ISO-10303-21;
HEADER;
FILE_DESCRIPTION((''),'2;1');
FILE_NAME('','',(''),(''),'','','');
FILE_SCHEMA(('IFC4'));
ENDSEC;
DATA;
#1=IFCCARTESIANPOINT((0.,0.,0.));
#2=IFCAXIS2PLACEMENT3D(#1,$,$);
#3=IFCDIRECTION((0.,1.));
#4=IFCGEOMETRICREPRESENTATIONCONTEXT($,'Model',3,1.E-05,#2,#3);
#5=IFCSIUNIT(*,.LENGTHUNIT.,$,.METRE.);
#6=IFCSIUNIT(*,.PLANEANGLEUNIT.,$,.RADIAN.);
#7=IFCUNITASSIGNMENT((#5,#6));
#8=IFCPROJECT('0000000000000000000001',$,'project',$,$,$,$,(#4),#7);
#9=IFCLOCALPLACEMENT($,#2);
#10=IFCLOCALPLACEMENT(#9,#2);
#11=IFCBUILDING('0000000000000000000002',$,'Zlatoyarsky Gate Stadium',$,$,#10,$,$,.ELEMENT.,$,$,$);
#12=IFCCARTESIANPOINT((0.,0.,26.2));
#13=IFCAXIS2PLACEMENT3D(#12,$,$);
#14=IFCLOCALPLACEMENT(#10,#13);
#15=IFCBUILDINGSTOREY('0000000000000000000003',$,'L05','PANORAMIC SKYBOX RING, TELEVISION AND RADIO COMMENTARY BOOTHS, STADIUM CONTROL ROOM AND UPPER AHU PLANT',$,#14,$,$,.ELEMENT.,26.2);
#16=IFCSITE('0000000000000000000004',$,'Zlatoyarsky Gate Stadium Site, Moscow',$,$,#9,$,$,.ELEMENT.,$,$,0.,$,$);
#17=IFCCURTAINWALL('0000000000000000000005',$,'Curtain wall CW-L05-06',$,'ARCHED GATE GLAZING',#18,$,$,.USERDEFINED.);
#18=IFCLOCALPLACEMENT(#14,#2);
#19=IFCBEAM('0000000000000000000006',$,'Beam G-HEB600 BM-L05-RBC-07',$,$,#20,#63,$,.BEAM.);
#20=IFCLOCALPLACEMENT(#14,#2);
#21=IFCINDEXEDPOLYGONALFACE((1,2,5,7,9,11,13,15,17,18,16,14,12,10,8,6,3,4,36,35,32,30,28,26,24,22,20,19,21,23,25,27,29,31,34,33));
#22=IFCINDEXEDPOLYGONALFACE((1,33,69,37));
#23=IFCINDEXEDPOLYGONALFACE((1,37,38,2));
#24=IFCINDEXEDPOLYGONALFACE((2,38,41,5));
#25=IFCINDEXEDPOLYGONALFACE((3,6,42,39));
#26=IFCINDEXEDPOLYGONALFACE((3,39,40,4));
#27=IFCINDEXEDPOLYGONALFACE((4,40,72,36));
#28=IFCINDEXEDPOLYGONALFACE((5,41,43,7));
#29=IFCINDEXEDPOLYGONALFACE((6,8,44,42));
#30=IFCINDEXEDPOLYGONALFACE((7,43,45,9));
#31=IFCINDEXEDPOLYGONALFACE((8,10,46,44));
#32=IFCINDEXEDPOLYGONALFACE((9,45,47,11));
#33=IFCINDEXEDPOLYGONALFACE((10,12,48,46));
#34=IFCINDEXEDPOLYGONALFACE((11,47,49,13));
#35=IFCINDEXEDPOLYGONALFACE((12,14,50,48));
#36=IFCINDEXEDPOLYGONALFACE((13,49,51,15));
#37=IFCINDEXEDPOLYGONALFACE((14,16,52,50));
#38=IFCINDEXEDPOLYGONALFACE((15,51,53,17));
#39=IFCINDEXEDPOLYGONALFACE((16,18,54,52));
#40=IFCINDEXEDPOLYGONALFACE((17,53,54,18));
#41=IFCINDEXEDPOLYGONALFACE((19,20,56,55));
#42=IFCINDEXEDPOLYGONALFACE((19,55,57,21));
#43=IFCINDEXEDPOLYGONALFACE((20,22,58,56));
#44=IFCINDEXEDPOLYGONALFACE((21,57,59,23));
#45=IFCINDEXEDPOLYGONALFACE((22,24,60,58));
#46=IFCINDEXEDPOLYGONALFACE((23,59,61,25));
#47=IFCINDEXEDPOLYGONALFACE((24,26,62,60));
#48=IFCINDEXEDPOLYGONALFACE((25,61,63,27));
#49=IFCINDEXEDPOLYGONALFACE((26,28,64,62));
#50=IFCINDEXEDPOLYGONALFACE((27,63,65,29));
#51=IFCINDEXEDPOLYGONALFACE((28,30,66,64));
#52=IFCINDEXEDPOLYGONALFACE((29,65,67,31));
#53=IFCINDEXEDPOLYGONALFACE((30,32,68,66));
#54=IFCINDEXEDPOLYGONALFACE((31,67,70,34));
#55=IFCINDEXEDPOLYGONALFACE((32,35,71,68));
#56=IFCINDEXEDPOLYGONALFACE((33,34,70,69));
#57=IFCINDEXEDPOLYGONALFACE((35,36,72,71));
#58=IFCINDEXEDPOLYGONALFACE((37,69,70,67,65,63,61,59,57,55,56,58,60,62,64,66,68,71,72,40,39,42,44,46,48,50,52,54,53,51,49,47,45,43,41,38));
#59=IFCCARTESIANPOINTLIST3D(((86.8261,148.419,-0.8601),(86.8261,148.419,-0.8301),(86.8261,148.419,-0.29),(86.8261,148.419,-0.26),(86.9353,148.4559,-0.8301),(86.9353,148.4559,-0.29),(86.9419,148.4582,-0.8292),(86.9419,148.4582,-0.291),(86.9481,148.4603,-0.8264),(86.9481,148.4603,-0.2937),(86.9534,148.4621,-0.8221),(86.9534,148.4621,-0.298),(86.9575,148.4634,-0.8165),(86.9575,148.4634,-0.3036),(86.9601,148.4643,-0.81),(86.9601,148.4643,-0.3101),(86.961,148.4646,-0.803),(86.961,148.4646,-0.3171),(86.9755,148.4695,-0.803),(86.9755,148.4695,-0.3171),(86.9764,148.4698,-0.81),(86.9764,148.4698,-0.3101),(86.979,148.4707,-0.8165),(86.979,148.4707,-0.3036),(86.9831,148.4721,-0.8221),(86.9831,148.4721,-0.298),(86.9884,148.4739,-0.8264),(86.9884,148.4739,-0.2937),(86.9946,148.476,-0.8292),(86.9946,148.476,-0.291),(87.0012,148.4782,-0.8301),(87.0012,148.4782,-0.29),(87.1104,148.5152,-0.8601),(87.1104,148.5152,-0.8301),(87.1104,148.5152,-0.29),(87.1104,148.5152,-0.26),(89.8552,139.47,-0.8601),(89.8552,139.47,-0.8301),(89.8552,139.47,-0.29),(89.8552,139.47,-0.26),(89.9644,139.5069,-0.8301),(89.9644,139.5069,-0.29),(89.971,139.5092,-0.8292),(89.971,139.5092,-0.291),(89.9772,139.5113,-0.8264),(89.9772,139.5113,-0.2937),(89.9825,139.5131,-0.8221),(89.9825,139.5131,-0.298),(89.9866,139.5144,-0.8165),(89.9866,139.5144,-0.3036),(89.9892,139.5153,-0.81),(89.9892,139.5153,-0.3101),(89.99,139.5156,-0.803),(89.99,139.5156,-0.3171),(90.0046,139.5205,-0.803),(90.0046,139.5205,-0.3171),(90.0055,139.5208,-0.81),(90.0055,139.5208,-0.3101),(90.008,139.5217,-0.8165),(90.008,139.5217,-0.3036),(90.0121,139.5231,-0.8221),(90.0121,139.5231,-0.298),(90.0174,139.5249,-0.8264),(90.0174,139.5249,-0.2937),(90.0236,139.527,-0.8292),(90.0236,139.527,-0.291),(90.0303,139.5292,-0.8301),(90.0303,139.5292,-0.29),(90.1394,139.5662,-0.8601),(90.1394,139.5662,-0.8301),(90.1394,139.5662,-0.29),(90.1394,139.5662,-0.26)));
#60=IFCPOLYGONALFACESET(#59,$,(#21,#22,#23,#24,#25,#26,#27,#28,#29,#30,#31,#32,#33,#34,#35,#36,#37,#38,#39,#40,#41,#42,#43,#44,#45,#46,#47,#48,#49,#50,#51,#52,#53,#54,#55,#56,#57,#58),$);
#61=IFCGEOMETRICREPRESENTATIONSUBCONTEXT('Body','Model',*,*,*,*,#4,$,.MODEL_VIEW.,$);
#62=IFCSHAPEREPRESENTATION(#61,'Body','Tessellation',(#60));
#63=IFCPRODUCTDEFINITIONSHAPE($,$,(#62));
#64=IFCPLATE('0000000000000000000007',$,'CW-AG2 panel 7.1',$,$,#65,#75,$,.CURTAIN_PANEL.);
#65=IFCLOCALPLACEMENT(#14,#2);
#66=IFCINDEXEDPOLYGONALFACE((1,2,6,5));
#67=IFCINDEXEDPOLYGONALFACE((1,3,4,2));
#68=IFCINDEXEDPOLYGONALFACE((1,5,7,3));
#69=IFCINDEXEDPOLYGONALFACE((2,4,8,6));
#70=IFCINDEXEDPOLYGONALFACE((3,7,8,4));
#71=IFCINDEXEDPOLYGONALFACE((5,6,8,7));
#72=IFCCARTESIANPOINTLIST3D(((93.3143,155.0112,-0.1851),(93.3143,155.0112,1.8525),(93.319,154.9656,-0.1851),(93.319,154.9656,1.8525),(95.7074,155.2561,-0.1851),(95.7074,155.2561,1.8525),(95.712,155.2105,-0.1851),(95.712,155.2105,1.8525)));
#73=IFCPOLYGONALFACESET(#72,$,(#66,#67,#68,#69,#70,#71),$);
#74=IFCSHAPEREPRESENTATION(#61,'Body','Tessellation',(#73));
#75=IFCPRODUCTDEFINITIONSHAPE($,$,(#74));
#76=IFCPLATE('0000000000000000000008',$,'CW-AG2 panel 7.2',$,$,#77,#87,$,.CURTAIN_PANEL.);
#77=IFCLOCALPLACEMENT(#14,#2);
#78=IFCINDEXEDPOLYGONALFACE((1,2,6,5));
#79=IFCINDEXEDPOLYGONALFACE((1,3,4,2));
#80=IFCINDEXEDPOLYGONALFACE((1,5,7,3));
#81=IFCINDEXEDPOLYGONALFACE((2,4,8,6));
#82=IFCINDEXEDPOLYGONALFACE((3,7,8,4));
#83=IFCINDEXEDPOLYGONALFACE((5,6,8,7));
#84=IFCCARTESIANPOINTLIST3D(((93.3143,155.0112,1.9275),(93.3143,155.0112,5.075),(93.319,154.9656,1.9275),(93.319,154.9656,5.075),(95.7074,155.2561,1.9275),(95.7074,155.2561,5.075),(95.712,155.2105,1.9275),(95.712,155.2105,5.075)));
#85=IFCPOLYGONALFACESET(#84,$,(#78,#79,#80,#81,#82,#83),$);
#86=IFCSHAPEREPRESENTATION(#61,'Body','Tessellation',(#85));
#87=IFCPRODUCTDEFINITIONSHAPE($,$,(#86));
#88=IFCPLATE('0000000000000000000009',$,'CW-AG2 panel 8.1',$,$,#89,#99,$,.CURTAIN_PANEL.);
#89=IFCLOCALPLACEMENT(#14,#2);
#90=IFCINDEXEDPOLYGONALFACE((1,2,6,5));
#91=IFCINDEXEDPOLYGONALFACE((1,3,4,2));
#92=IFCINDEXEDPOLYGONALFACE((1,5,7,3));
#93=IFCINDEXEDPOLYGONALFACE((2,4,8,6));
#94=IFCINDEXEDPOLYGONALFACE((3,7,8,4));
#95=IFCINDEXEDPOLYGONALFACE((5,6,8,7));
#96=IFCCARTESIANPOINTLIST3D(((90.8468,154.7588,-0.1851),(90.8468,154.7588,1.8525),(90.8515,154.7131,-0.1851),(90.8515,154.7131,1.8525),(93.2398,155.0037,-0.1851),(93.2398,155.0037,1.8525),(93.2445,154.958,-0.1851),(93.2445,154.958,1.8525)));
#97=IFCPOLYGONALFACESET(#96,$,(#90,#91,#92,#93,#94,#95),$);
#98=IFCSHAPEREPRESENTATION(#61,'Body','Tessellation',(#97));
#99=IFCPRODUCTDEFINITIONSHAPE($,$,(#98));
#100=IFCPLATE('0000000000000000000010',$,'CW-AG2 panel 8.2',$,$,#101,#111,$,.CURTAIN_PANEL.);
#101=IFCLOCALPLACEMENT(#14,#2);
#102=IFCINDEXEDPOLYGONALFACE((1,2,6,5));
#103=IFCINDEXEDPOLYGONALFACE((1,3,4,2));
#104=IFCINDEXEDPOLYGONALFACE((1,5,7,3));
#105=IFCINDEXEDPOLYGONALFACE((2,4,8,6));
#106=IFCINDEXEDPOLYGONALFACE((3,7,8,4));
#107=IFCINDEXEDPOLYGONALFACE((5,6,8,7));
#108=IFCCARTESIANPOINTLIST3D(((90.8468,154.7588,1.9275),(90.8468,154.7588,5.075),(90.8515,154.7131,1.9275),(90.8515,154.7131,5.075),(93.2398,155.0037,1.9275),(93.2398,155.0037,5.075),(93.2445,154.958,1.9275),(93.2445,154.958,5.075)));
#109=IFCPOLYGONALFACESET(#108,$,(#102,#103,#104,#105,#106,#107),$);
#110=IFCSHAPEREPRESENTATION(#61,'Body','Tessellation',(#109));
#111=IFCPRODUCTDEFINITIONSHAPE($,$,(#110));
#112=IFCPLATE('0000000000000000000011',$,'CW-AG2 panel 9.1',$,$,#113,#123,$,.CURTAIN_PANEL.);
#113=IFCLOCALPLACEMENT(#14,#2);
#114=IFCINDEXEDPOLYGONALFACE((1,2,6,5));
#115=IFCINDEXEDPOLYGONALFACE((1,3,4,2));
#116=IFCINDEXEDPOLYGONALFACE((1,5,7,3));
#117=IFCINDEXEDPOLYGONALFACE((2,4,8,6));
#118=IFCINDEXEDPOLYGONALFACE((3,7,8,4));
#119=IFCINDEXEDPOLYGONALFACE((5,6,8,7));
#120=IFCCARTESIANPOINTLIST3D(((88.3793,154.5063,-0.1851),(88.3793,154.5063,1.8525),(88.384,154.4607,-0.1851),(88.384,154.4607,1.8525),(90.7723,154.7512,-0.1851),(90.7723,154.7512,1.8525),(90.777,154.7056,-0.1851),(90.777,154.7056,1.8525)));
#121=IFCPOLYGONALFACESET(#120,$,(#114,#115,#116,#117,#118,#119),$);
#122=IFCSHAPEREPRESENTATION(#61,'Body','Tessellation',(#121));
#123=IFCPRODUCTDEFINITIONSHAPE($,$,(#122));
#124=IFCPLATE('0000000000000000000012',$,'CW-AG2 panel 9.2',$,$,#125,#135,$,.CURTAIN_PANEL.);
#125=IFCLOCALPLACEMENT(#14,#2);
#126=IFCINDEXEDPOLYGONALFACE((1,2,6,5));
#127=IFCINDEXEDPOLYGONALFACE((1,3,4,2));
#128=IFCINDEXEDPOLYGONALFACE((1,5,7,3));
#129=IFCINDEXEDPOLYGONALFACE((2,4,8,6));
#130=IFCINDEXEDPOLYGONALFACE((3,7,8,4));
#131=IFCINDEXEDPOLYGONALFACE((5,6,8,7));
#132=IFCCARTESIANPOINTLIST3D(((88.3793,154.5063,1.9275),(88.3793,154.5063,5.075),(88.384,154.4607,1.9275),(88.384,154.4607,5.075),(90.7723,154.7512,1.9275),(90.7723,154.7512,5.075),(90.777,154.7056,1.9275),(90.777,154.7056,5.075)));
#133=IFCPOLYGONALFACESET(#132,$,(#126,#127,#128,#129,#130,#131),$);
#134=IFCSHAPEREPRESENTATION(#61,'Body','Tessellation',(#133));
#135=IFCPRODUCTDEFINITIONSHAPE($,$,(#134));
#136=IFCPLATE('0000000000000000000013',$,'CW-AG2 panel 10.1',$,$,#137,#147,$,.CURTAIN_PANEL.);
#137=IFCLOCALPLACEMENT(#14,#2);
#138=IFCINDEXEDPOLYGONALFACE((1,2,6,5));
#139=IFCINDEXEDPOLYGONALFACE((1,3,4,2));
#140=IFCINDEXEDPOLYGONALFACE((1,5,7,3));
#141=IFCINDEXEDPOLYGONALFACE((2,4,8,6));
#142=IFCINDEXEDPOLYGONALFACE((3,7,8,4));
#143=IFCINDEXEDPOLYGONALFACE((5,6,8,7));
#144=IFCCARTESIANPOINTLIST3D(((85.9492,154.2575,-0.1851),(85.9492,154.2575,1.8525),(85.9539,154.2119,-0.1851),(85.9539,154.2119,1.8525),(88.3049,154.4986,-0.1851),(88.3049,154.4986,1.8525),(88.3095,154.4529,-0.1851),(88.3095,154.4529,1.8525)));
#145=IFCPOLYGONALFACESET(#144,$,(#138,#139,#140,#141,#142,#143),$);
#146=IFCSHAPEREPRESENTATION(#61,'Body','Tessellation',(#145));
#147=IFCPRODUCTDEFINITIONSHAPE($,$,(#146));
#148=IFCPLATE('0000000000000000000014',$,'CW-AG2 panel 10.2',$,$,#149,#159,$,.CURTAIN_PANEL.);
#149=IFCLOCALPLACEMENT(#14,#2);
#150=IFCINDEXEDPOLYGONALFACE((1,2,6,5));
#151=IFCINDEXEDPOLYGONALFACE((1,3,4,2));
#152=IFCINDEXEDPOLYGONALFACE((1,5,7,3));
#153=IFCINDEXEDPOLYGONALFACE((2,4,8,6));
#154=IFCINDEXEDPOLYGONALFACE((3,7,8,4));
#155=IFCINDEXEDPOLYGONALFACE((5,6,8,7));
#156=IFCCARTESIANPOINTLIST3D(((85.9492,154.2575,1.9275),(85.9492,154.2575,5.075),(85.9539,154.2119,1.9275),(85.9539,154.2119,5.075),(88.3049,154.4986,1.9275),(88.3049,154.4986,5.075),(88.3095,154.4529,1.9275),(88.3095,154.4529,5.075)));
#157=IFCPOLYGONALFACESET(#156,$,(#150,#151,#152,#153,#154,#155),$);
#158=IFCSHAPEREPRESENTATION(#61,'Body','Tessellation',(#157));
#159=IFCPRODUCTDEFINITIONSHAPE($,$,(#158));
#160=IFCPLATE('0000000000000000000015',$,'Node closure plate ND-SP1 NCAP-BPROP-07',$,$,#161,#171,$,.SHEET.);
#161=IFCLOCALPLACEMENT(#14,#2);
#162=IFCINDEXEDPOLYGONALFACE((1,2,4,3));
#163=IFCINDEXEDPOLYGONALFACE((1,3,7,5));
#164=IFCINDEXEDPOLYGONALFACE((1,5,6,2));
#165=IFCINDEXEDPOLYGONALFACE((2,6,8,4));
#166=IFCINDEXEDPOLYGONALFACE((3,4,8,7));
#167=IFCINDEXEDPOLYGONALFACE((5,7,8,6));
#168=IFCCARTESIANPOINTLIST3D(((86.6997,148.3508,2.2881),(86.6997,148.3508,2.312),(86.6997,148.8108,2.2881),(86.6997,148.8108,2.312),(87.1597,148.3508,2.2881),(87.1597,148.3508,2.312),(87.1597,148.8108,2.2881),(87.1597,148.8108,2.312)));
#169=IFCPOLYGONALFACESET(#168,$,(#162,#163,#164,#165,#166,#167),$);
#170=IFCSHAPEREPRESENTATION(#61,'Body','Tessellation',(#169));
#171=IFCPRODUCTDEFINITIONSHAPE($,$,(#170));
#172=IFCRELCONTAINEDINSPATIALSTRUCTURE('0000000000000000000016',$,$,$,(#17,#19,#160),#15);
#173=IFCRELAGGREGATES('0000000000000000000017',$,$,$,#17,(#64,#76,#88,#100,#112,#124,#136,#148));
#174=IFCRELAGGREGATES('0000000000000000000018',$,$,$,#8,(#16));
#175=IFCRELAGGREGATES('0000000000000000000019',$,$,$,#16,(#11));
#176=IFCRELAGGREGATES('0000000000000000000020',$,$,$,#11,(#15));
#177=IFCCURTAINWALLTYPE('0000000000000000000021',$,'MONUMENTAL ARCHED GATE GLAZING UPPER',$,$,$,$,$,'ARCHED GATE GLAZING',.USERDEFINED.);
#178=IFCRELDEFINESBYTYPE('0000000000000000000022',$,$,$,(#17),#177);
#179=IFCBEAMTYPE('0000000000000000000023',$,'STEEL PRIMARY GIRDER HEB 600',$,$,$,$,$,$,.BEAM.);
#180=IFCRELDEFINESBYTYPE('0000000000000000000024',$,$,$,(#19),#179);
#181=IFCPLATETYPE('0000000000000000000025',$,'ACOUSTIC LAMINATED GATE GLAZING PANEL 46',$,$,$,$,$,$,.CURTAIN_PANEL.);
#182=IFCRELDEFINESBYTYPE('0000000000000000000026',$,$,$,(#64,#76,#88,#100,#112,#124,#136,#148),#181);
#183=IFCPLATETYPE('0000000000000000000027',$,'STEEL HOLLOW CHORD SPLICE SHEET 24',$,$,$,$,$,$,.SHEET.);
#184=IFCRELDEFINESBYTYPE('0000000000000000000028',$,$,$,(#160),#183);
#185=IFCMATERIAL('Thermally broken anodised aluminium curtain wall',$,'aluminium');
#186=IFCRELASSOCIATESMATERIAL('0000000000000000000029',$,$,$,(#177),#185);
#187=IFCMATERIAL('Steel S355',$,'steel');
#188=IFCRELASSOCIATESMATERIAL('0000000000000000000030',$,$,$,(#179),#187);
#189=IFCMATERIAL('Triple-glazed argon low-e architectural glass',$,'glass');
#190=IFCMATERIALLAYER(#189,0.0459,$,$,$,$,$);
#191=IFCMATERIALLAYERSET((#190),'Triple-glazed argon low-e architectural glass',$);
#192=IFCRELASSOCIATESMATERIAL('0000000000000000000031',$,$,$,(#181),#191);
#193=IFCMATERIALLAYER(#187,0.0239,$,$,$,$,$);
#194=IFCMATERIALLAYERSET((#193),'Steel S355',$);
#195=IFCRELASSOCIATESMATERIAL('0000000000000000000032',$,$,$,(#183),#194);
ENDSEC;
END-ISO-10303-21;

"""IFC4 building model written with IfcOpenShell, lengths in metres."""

from ifc_helpers import new_model, si_unit, direction, frame, origin, origin_2d, place, context, subcontext, project, spatial, rectangle, i_section, extrude, material, layer, layer_set, material_profile, profile_set, type_object, element, aggregate, save


model = new_model("IFC4")

# Units and contexts
model_context = context("Model", 3, precision=1e-05, world=origin(), true_north=direction((0.0, 1.0)))
body_context = subcontext(model_context, "Body", "Model", "MODEL_VIEW")
ifc_project = project(units=[si_unit("LENGTHUNIT", "METRE"), si_unit("PLANEANGLEUNIT", "RADIAN")], contexts=[model_context])

# Site, building, storey
site_placement = place(None, origin())
site = spatial("IfcSite", under=ifc_project, at=site_placement, Name="Zlatoyarsky Gate Stadium Site, Moscow", CompositionType="ELEMENT", RefElevation=0.0)
building_placement = place(site_placement, origin())
building = spatial("IfcBuilding", under=site, at=building_placement, Name="Zlatoyarsky Gate Stadium", CompositionType="ELEMENT")
storey_placement = place(building_placement, frame((0.0, 0.0, 26.2)))
storey = spatial("IfcBuildingStorey", under=building, at=storey_placement, Name="L05", Description="PANORAMIC SKYBOX RING, TELEVISION AND RADIO COMMENTARY BOOTHS, STADIUM CONTROL ROOM AND UPPER AHU PLANT", CompositionType="ELEMENT", Elevation=26.2)

# Shared definitions
ifc_material_1 = material(Name="Steel S355", Category="steel")

# Curtain wall
ifc_material_2 = material(Name="Thermally broken anodised aluminium curtain wall", Category="aluminium")
curtain_wall_type = type_object("IfcCurtainWallType", Name="MONUMENTAL ARCHED GATE GLAZING UPPER", ElementType="ARCHED GATE GLAZING", PredefinedType="USERDEFINED", material=ifc_material_2)
curtain_wall_placement = place(storey_placement, origin())
curtain_wall = element("IfcCurtainWall", 1, at=curtain_wall_placement, inside=storey, type_object=curtain_wall_type, Name="Curtain wall CW-L05-06", ObjectType="ARCHED GATE GLAZING", PredefinedType="USERDEFINED")

# Beam
ifc_material_profile_1 = material_profile(ifc_material_1, i_section(OverallWidth=0.3, OverallDepth=0.6001, WebThickness=0.0154, FlangeThickness=0.03, FilletRadius=0.0271, at=origin_2d()), Name="HEB 600")
ifc_profile_set_1 = profile_set([ifc_material_profile_1], Name="Steel S355")
beam_type_1 = type_object("IfcBeamType", Name="STEEL PRIMARY GIRDER HEB 600", PredefinedType="BEAM", material=ifc_profile_set_1)
beam_1_placement = place(storey_placement, frame((89.9973, 139.5181, -0.5601), z_axis=(-0.320612, 0.947211, 0.0), x_axis=(-0.947211, -0.320612, 0.0)))
element("IfcBeam", 2, at=beam_1_placement, inside=storey, type_object=beam_type_1, Name="Beam G-HEB600 BM-L05-RBC-07", PredefinedType="BEAM", context=body_context, shape_type="SweptSolid", body=[
    extrude(i_section(OverallWidth=0.3, OverallDepth=0.6001, WebThickness=0.0154, FlangeThickness=0.03, FilletRadius=0.0271, at=origin_2d()), origin(), (0.0, 0.0, 1.0), 9.4478),
])

# Plates
ifc_material_3 = material(Name="Triple-glazed argon low-e architectural glass", Category="glass")
ifc_layer_1 = layer(ifc_material_3, 0.0459)
ifc_layer_set_1 = layer_set([ifc_layer_1], Name="Triple-glazed argon low-e architectural glass")
plate_type_1 = type_object("IfcPlateType", Name="ACOUSTIC LAMINATED GATE GLAZING PANEL 46", PredefinedType="CURTAIN_PANEL", material=ifc_layer_set_1)
plate_1_placement = place(storey_placement, frame((94.5132, 155.1108, -0.1851), z_axis=(0.0, 0.0, 1.0), x_axis=(-0.994804, -0.101805, 0.0)))
plate_1 = element("IfcPlate", 3, at=plate_1_placement, type_object=plate_type_1, Name="CW-AG2 panel 7.1", PredefinedType="CURTAIN_PANEL", context=body_context, shape_type="SweptSolid", body=[
    extrude(rectangle(XDim=2.4055, YDim=0.0459, at=origin_2d()), origin(), (0.0, 0.0, 1.0), 2.0376),
])
plate_2_placement = place(storey_placement, frame((94.5132, 155.1108, 1.9275), z_axis=(0.0, 0.0, 1.0), x_axis=(-0.994804, -0.101805, 0.0)))
plate_2 = element("IfcPlate", 4, at=plate_2_placement, type_object=plate_type_1, Name="CW-AG2 panel 7.2", PredefinedType="CURTAIN_PANEL", context=body_context, shape_type="SweptSolid", body=[
    extrude(rectangle(XDim=2.4055, YDim=0.0459, at=origin_2d()), origin(), (0.0, 0.0, 1.0), 3.1475),
])
plate_3_placement = place(storey_placement, frame((92.0457, 154.8584, -0.1851), z_axis=(0.0, 0.0, 1.0), x_axis=(-0.994804, -0.101805, 0.0)))
plate_3 = element("IfcPlate", 5, at=plate_3_placement, type_object=plate_type_1, Name="CW-AG2 panel 8.1", PredefinedType="CURTAIN_PANEL", context=body_context, shape_type="SweptSolid", body=[
    extrude(rectangle(XDim=2.4055, YDim=0.0459, at=origin_2d()), origin(), (0.0, 0.0, 1.0), 2.0376),
])
plate_4_placement = place(storey_placement, frame((92.0457, 154.8584, 1.9275), z_axis=(0.0, 0.0, 1.0), x_axis=(-0.994804, -0.101805, 0.0)))
plate_4 = element("IfcPlate", 6, at=plate_4_placement, type_object=plate_type_1, Name="CW-AG2 panel 8.2", PredefinedType="CURTAIN_PANEL", context=body_context, shape_type="SweptSolid", body=[
    extrude(rectangle(XDim=2.4055, YDim=0.0459, at=origin_2d()), origin(), (0.0, 0.0, 1.0), 3.1475),
])
plate_5_placement = place(storey_placement, frame((89.5781, 154.606, -0.1851), z_axis=(0.0, 0.0, 1.0), x_axis=(-0.994804, -0.101805, 0.0)))
plate_5 = element("IfcPlate", 7, at=plate_5_placement, type_object=plate_type_1, Name="CW-AG2 panel 9.1", PredefinedType="CURTAIN_PANEL", context=body_context, shape_type="SweptSolid", body=[
    extrude(rectangle(XDim=2.4055, YDim=0.0459, at=origin_2d()), origin(), (0.0, 0.0, 1.0), 2.0376),
])
plate_6_placement = place(storey_placement, frame((89.5781, 154.606, 1.9275), z_axis=(0.0, 0.0, 1.0), x_axis=(-0.994804, -0.101805, 0.0)))
plate_6 = element("IfcPlate", 8, at=plate_6_placement, type_object=plate_type_1, Name="CW-AG2 panel 9.2", PredefinedType="CURTAIN_PANEL", context=body_context, shape_type="SweptSolid", body=[
    extrude(rectangle(XDim=2.4055, YDim=0.0459, at=origin_2d()), origin(), (0.0, 0.0, 1.0), 3.1475),
])
plate_7_placement = place(storey_placement, frame((87.1294, 154.3552, -0.1851), z_axis=(0.0, 0.0, 1.0), x_axis=(-0.994804, -0.101805, 0.0)))
plate_7 = element("IfcPlate", 9, at=plate_7_placement, type_object=plate_type_1, Name="CW-AG2 panel 10.1", PredefinedType="CURTAIN_PANEL", context=body_context, shape_type="SweptSolid", body=[
    extrude(rectangle(XDim=2.3679, YDim=0.0459, at=origin_2d()), origin(), (0.0, 0.0, 1.0), 2.0376),
])
plate_8_placement = place(storey_placement, frame((87.1294, 154.3552, 1.9275), z_axis=(0.0, 0.0, 1.0), x_axis=(-0.994804, -0.101805, 0.0)))
plate_8 = element("IfcPlate", 10, at=plate_8_placement, type_object=plate_type_1, Name="CW-AG2 panel 10.2", PredefinedType="CURTAIN_PANEL", context=body_context, shape_type="SweptSolid", body=[
    extrude(rectangle(XDim=2.3679, YDim=0.0459, at=origin_2d()), origin(), (0.0, 0.0, 1.0), 3.1475),
])
aggregate(curtain_wall, [plate_1, plate_2, plate_3, plate_4, plate_5, plate_6, plate_7, plate_8])
ifc_layer_2 = layer(ifc_material_1, 0.0239)
ifc_layer_set_2 = layer_set([ifc_layer_2], Name="Steel S355")
plate_type_2 = type_object("IfcPlateType", Name="STEEL HOLLOW CHORD SPLICE SHEET 24", PredefinedType="SHEET", material=ifc_layer_set_2)
plate_9_placement = place(storey_placement, frame((86.9297, 148.5808, 2.2881), z_axis=(0.0, 0.0, 1.0), x_axis=(1.0, 0.0, 0.0)))
element("IfcPlate", 11, at=plate_9_placement, inside=storey, type_object=plate_type_2, Name="Node closure plate ND-SP1 NCAP-BPROP-07", PredefinedType="SHEET", context=body_context, shape_type="SweptSolid", body=[
    extrude(rectangle(XDim=0.46, YDim=0.46, at=origin_2d()), origin(), (0.0, 0.0, 1.0), 0.0239),
])

save(model, "model.ifc")
